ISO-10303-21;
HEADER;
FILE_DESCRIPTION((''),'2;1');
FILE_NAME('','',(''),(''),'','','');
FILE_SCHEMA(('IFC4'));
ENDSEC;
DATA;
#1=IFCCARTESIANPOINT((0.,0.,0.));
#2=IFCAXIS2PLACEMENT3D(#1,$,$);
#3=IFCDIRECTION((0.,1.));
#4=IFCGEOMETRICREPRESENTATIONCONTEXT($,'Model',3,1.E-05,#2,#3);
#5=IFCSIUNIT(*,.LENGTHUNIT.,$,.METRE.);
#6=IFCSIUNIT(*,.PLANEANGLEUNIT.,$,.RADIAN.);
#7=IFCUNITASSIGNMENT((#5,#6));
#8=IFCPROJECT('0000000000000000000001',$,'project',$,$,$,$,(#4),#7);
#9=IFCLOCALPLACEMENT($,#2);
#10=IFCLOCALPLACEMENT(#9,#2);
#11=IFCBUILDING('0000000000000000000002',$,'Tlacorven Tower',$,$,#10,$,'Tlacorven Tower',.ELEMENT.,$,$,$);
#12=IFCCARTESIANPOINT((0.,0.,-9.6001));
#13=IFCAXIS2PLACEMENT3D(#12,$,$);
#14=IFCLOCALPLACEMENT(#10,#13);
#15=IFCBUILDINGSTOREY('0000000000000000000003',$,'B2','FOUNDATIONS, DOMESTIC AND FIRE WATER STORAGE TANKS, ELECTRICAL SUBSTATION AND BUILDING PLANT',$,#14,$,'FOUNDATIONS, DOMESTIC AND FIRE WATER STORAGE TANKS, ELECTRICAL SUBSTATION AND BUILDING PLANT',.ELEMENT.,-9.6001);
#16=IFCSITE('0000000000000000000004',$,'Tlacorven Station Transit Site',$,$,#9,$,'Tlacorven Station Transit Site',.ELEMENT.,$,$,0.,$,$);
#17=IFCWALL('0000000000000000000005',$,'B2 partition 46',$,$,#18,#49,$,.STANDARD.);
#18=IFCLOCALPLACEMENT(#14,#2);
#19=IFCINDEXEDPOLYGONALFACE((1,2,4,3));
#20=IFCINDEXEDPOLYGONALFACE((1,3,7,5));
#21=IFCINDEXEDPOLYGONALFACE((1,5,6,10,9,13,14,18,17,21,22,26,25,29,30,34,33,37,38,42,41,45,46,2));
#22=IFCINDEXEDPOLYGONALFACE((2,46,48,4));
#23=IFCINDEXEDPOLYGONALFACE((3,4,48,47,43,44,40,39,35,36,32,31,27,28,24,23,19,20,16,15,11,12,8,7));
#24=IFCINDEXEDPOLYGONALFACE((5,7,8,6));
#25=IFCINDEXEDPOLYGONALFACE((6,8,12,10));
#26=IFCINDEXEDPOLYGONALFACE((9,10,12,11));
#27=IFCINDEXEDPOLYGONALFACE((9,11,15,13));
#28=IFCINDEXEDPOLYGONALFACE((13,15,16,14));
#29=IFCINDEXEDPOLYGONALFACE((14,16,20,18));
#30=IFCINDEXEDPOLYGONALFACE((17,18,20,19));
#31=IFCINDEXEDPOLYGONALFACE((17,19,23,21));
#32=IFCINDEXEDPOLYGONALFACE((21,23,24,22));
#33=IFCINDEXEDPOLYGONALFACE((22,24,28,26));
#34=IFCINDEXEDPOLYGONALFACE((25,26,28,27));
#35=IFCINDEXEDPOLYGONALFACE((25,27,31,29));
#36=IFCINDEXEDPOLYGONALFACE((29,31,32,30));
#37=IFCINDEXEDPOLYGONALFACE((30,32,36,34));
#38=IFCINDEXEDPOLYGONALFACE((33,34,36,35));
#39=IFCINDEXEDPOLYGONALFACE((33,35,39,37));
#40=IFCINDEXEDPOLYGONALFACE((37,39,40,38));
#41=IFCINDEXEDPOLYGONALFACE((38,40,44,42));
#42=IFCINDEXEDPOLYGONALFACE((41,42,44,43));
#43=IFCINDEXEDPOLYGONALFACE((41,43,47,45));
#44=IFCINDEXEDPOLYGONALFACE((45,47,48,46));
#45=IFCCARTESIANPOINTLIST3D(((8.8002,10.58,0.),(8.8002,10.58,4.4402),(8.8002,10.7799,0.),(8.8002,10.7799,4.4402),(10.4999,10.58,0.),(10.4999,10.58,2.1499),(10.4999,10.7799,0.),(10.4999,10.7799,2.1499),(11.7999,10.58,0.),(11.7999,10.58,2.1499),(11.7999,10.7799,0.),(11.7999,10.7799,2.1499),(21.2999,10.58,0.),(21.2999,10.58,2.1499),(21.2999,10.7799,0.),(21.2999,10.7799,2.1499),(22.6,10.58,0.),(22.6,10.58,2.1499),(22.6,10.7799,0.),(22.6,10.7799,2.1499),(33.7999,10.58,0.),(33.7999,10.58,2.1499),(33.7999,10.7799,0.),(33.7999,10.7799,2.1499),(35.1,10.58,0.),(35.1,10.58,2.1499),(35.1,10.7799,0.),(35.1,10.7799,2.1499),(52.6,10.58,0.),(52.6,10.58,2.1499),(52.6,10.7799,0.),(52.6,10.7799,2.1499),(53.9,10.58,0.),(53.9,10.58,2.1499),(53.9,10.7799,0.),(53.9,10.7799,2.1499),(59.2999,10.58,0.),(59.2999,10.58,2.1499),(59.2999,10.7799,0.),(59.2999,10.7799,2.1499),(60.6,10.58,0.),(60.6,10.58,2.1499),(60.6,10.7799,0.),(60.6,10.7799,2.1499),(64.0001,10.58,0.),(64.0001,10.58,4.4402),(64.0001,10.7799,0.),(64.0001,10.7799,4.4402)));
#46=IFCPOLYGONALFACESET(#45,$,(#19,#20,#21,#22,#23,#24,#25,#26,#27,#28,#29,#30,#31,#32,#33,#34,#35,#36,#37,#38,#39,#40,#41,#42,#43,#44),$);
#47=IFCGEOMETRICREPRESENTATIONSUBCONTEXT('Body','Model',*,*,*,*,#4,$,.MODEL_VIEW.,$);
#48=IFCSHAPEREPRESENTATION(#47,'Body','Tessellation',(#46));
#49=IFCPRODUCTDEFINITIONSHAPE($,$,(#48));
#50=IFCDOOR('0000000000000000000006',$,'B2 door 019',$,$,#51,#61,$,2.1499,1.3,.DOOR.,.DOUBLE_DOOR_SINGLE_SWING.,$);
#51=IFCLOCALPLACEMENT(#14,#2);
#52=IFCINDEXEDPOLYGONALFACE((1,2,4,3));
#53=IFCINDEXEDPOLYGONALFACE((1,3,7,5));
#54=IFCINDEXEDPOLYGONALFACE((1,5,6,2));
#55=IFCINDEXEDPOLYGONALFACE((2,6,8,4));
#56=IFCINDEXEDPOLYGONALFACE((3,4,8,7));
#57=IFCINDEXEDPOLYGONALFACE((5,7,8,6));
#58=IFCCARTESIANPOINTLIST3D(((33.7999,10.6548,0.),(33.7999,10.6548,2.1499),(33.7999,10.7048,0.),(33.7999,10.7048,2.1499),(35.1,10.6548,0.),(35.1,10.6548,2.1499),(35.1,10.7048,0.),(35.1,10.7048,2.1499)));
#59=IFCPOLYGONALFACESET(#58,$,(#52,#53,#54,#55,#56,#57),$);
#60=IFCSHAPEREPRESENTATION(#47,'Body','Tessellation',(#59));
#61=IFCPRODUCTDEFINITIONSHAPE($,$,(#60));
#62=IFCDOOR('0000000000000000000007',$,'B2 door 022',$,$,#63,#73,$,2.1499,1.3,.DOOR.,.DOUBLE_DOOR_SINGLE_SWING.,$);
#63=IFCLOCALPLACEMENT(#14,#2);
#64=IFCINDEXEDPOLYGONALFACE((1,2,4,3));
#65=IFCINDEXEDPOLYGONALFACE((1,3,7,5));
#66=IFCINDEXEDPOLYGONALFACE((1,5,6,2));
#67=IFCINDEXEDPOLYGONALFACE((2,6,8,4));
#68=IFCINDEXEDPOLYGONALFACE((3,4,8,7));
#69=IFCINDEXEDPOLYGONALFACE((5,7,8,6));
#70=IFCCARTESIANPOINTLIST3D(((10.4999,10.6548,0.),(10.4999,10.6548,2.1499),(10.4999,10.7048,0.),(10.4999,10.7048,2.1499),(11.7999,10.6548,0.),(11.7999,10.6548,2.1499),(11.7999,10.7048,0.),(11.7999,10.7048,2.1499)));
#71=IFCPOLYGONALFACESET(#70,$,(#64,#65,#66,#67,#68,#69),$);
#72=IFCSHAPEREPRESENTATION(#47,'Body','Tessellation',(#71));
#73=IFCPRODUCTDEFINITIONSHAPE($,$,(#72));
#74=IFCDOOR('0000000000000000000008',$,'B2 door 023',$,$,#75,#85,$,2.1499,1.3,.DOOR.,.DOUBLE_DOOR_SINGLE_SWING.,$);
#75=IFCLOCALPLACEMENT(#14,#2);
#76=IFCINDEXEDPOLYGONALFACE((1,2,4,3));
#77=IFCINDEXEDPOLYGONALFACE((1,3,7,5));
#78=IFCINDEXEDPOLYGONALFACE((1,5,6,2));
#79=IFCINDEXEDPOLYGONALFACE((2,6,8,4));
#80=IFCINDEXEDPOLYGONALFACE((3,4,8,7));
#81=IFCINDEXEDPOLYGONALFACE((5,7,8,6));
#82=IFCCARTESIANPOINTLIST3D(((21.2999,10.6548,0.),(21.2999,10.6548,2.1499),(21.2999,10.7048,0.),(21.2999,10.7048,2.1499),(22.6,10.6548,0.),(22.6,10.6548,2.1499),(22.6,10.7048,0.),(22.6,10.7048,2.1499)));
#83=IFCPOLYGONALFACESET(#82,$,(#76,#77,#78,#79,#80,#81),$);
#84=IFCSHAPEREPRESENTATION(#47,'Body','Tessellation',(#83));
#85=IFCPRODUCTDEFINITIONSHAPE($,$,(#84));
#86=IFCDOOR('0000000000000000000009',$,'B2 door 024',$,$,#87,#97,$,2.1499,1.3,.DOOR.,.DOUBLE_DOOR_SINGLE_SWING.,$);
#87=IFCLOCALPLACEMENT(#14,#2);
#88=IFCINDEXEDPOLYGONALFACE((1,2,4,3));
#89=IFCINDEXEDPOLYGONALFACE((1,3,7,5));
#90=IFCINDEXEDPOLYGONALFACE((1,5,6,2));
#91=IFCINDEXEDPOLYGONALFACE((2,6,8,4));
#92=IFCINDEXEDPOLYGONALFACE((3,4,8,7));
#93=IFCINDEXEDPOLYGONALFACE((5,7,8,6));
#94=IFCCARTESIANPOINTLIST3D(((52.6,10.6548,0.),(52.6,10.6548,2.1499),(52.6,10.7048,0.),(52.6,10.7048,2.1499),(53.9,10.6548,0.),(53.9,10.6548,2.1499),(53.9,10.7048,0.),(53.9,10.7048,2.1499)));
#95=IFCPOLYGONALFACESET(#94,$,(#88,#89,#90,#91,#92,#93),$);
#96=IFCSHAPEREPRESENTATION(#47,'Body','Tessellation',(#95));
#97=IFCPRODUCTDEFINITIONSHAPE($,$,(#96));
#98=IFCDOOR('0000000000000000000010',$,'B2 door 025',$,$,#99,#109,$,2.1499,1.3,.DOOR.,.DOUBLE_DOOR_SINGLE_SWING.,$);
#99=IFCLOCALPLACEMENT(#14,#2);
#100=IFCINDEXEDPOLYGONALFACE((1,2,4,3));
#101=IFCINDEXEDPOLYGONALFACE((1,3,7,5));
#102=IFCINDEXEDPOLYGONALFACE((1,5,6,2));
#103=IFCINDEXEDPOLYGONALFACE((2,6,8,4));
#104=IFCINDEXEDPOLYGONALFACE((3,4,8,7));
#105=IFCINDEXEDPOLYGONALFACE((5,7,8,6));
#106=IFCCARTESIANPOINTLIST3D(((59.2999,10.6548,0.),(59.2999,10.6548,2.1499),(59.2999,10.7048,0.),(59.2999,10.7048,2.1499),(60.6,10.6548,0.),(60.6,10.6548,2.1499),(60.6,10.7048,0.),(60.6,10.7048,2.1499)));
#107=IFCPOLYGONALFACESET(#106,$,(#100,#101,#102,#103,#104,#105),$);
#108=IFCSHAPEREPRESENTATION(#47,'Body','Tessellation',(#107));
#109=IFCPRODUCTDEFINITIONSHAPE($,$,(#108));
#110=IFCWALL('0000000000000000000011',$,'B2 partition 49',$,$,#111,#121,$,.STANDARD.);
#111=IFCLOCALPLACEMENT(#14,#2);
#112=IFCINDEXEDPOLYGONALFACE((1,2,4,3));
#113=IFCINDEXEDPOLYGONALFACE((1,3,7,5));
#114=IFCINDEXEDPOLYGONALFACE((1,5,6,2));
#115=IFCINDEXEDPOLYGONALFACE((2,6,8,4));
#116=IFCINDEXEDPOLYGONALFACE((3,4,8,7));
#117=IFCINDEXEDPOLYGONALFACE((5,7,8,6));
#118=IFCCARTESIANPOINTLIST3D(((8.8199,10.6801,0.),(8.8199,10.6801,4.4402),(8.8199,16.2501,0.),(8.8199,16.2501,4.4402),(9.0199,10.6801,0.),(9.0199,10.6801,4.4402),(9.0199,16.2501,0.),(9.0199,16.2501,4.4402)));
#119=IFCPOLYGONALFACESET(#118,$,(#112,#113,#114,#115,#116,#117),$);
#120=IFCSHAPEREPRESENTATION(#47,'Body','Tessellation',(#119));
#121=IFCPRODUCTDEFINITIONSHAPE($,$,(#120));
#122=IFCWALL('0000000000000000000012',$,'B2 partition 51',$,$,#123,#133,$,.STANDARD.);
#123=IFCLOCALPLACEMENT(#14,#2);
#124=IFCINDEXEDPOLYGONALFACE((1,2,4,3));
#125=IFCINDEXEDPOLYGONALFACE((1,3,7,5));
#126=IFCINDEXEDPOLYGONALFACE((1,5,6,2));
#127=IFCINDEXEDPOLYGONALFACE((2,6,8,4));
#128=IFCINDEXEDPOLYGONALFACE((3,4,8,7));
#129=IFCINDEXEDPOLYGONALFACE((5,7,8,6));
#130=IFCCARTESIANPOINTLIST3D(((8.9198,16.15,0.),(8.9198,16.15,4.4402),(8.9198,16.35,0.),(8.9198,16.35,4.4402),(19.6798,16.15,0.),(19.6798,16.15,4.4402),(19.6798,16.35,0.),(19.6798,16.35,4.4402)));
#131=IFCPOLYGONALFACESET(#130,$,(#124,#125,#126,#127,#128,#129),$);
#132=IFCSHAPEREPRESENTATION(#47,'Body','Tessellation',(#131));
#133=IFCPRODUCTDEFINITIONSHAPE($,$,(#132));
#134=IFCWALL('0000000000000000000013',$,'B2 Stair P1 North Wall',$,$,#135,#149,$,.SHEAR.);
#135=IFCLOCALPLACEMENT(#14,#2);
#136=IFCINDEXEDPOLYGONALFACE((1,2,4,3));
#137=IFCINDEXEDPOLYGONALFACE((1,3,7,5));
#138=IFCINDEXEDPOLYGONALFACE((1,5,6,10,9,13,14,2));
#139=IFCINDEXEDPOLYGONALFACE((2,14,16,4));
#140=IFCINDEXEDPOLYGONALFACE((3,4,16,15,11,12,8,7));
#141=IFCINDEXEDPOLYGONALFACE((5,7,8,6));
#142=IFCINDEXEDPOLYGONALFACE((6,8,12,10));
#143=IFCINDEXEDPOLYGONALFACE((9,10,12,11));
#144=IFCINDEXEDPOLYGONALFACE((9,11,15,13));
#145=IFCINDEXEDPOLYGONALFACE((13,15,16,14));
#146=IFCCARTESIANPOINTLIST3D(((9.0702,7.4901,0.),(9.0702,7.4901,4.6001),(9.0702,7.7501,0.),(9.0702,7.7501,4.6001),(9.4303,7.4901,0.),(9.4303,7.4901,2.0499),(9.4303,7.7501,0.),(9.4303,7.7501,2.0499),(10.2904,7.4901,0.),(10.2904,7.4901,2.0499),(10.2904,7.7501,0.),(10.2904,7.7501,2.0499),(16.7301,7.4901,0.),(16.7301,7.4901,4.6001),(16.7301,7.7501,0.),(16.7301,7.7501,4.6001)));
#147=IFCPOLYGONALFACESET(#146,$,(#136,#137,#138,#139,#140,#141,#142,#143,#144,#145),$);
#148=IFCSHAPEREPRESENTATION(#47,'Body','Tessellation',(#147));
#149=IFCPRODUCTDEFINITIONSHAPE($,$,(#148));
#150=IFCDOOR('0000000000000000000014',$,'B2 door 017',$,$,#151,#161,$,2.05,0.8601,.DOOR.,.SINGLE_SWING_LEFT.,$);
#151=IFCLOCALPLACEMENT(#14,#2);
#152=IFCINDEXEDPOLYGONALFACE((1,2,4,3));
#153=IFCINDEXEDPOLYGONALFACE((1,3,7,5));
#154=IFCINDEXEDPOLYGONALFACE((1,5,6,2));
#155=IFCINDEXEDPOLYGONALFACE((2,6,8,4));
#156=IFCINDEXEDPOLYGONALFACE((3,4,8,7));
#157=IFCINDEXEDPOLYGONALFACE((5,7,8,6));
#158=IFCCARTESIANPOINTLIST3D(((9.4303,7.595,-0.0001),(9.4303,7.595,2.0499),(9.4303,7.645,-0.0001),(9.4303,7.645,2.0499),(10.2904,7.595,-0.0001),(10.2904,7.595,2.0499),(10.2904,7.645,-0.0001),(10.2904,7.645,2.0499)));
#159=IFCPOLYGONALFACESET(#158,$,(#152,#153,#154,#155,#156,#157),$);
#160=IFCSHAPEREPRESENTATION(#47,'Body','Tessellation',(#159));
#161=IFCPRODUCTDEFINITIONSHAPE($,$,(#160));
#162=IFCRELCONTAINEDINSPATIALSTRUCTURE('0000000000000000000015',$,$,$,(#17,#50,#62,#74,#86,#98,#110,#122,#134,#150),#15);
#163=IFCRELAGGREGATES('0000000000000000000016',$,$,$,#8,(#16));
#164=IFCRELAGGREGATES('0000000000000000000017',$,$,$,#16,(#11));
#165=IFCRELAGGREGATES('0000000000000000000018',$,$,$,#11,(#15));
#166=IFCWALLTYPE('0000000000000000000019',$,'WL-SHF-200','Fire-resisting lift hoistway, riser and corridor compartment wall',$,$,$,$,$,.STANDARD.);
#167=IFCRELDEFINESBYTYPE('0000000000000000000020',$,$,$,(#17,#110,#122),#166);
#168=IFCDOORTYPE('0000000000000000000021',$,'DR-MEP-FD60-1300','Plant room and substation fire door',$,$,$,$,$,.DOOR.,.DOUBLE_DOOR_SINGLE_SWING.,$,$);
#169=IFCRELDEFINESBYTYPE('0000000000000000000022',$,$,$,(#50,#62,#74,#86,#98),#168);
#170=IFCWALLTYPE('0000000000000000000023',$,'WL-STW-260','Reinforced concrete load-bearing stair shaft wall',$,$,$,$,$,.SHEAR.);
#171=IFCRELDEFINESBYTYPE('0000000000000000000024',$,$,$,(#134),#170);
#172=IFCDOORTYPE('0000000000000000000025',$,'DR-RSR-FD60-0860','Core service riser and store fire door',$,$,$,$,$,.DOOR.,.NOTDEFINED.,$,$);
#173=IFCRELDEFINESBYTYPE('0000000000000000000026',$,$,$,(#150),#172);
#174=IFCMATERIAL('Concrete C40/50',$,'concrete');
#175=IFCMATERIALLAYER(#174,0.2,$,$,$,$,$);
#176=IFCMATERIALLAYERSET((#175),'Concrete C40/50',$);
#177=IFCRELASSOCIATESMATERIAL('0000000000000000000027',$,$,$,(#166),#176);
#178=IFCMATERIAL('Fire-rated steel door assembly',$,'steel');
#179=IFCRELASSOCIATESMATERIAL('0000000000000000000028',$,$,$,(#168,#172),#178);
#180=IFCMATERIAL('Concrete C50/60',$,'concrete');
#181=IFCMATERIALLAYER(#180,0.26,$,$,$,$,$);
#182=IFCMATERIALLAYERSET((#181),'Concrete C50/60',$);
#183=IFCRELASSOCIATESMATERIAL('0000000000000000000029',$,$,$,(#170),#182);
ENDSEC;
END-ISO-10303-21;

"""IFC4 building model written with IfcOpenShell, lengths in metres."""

from ifc_helpers import new_model, si_unit, direction, frame, frame_2d, origin, place, context, subcontext, project, spatial, rectangle, extrude, source, transform, mapped, material, layer, layer_set, type_object, element, fill, save


model = new_model("IFC4")

# Units and contexts
model_context = context("Model", 3, precision=1e-05, world=origin(), true_north=direction((0.0, 1.0)))
body_context = subcontext(model_context, "Body", "Model", "MODEL_VIEW")
ifc_project = project(units=[si_unit("LENGTHUNIT", "METRE"), si_unit("PLANEANGLEUNIT", "RADIAN")], contexts=[model_context])

# Site, building, storey
site_placement = place(None, origin())
site = spatial("IfcSite", under=ifc_project, at=site_placement, Name="Tlacorven Station Transit Site", LongName="Tlacorven Station Transit Site", CompositionType="ELEMENT", RefElevation=0.0)
building_placement = place(site_placement, origin())
building = spatial("IfcBuilding", under=site, at=building_placement, Name="Tlacorven Tower", LongName="Tlacorven Tower", CompositionType="ELEMENT")
storey_placement = place(building_placement, frame((0.0, 0.0, -9.6001)))
storey = spatial("IfcBuildingStorey", under=building, at=storey_placement, Name="B2", Description="FOUNDATIONS, DOMESTIC AND FIRE WATER STORAGE TANKS, ELECTRICAL SUBSTATION AND BUILDING PLANT", LongName="FOUNDATIONS, DOMESTIC AND FIRE WATER STORAGE TANKS, ELECTRICAL SUBSTATION AND BUILDING PLANT", CompositionType="ELEMENT", Elevation=-9.6001)

# Shared definitions
ifc_material_1 = material(Name="Concrete C50/60", Category="concrete")

# Wall, openings, doors
ifc_material_2 = material(Name="Concrete C40/50", Category="concrete")
ifc_layer_1 = layer(ifc_material_2, 0.2)
ifc_layer_set_1 = layer_set([ifc_layer_1], Name="Concrete C40/50")
wall_type_1 = type_object("IfcWallType", Name="WL-SHF-200", Description="Fire-resisting lift hoistway, riser and corridor compartment wall", PredefinedType="STANDARD", material=ifc_layer_set_1)
wall_1_placement = place(storey_placement, frame((8.8, 10.6799, 0.0), z_axis=(0.0, 0.0, 1.0), x_axis=(1.0, 0.0, 0.0)))
wall_1 = element("IfcWall", 1, at=wall_1_placement, inside=storey, type_object=wall_type_1, Name="B2 partition 46", PredefinedType="STANDARD", context=body_context, shape_type="SweptSolid", body=[
    extrude(rectangle(XDim=55.2, YDim=0.2, at=frame_2d((27.6001, 0.0))), origin(), (0.0, 0.0, 1.0), 4.4402),
])
opening_1_placement = place(wall_1_placement, frame((25.0, 0.0, 0.0)))
opening_1 = element("IfcOpeningElement", 2, at=opening_1_placement, cuts=wall_1, PredefinedType="OPENING", context=body_context, shape_type="SweptSolid", body=[
    extrude(rectangle(XDim=1.3, YDim=2.1499, at=frame_2d((0.6499, 1.075))), frame((0.0, 0.1099, 0.0), z_axis=(0.0, -1.0, 0.0), x_axis=(1.0, 0.0, 0.0)), (0.0, 0.0, 1.0), 0.22),
])
opening_2_placement = place(wall_1_placement, frame((1.7, 0.0, 0.0)))
opening_2 = element("IfcOpeningElement", 3, at=opening_2_placement, cuts=wall_1, PredefinedType="OPENING", context=body_context, shape_type="SweptSolid", body=[
    extrude(rectangle(XDim=1.3, YDim=2.1499, at=frame_2d((0.6499, 1.075))), frame((0.0, 0.1099, 0.0), z_axis=(0.0, -1.0, 0.0), x_axis=(1.0, 0.0, 0.0)), (0.0, 0.0, 1.0), 0.22),
])
opening_3_placement = place(wall_1_placement, frame((12.5, 0.0, 0.0)))
opening_3 = element("IfcOpeningElement", 4, at=opening_3_placement, cuts=wall_1, PredefinedType="OPENING", context=body_context, shape_type="SweptSolid", body=[
    extrude(rectangle(XDim=1.3, YDim=2.1499, at=frame_2d((0.6499, 1.075))), frame((0.0, 0.1099, 0.0), z_axis=(0.0, -1.0, 0.0), x_axis=(1.0, 0.0, 0.0)), (0.0, 0.0, 1.0), 0.22),
])
opening_4_placement = place(wall_1_placement, frame((43.8, 0.0, 0.0)))
opening_4 = element("IfcOpeningElement", 5, at=opening_4_placement, cuts=wall_1, PredefinedType="OPENING", context=body_context, shape_type="SweptSolid", body=[
    extrude(rectangle(XDim=1.3, YDim=2.1499, at=frame_2d((0.6499, 1.075))), frame((0.0, 0.1099, 0.0), z_axis=(0.0, -1.0, 0.0), x_axis=(1.0, 0.0, 0.0)), (0.0, 0.0, 1.0), 0.22),
])
opening_5_placement = place(wall_1_placement, frame((50.5, 0.0, 0.0)))
opening_5 = element("IfcOpeningElement", 6, at=opening_5_placement, cuts=wall_1, PredefinedType="OPENING", context=body_context, shape_type="SweptSolid", body=[
    extrude(rectangle(XDim=1.3, YDim=2.1499, at=frame_2d((0.6499, 1.075))), frame((0.0, 0.1099, 0.0), z_axis=(0.0, -1.0, 0.0), x_axis=(1.0, 0.0, 0.0)), (0.0, 0.0, 1.0), 0.22),
])
ifc_material_3 = material(Name="Fire-rated steel door assembly", Category="steel")
door_type_1 = type_object("IfcDoorType", Name="DR-MEP-FD60-1300", Description="Plant room and substation fire door", OperationType="DOUBLE_DOOR_SINGLE_SWING", PredefinedType="DOOR", material=ifc_material_3)
shared_shape_1 = source(origin(), body_context, "Body", "SweptSolid", [
    extrude(rectangle(XDim=1.3, YDim=2.1499, at=frame_2d((0.6499, 1.075))), frame((0.0, 0.0249, 0.0), z_axis=(0.0, -1.0, 0.0), x_axis=(1.0, 0.0, 0.0)), (0.0, 0.0, 1.0), 0.05),
])
door_1_placement = place(opening_1_placement, origin())
door_1 = element("IfcDoor", 7, at=door_1_placement, inside=storey, type_object=door_type_1, Name="B2 door 019", OperationType="DOUBLE_DOOR_SINGLE_SWING", OverallHeight=2.1499, OverallWidth=1.3, PredefinedType="DOOR", context=body_context, shape_type="MappedRepresentation", body=[
    mapped(shared_shape_1, transform((0.0, 0.0, 0.0), scale=1.0)),
])
fill(opening_1, door_1)
door_2_placement = place(opening_2_placement, origin())
door_2 = element("IfcDoor", 8, at=door_2_placement, inside=storey, type_object=door_type_1, Name="B2 door 022", OperationType="DOUBLE_DOOR_SINGLE_SWING", OverallHeight=2.1499, OverallWidth=1.3, PredefinedType="DOOR", context=body_context, shape_type="MappedRepresentation", body=[
    mapped(shared_shape_1, transform((0.0, 0.0, 0.0), scale=1.0)),
])
fill(opening_2, door_2)
door_3_placement = place(opening_3_placement, origin())
door_3 = element("IfcDoor", 9, at=door_3_placement, inside=storey, type_object=door_type_1, Name="B2 door 023", OperationType="DOUBLE_DOOR_SINGLE_SWING", OverallHeight=2.1499, OverallWidth=1.3, PredefinedType="DOOR", context=body_context, shape_type="MappedRepresentation", body=[
    mapped(shared_shape_1, transform((0.0, 0.0, 0.0), scale=1.0)),
])
fill(opening_3, door_3)
door_4_placement = place(opening_4_placement, origin())
door_4 = element("IfcDoor", 10, at=door_4_placement, inside=storey, type_object=door_type_1, Name="B2 door 024", OperationType="DOUBLE_DOOR_SINGLE_SWING", OverallHeight=2.1499, OverallWidth=1.3, PredefinedType="DOOR", context=body_context, shape_type="MappedRepresentation", body=[
    mapped(shared_shape_1, transform((0.0, 0.0, 0.0), scale=1.0)),
])
fill(opening_4, door_4)
door_5_placement = place(opening_5_placement, origin())
door_5 = element("IfcDoor", 11, at=door_5_placement, inside=storey, type_object=door_type_1, Name="B2 door 025", OperationType="DOUBLE_DOOR_SINGLE_SWING", OverallHeight=2.1499, OverallWidth=1.3, PredefinedType="DOOR", context=body_context, shape_type="MappedRepresentation", body=[
    mapped(shared_shape_1, transform((0.0, 0.0, 0.0), scale=1.0)),
])
fill(opening_5, door_5)

# Walls
wall_2_placement = place(storey_placement, frame((8.9199, 10.6799, 0.0), z_axis=(0.0, 0.0, 1.0), x_axis=(0.0, 1.0, 0.0)))
element("IfcWall", 12, at=wall_2_placement, inside=storey, type_object=wall_type_1, Name="B2 partition 49", PredefinedType="STANDARD", context=body_context, shape_type="SweptSolid", body=[
    extrude(rectangle(XDim=5.5701, YDim=0.2, at=frame_2d((2.7852, 0.0))), origin(), (0.0, 0.0, 1.0), 4.4402),
])
wall_3_placement = place(storey_placement, frame((8.9199, 16.25, 0.0), z_axis=(0.0, 0.0, 1.0), x_axis=(1.0, 0.0, 0.0)))
element("IfcWall", 13, at=wall_3_placement, inside=storey, type_object=wall_type_1, Name="B2 partition 51", PredefinedType="STANDARD", context=body_context, shape_type="SweptSolid", body=[
    extrude(rectangle(XDim=10.76, YDim=0.2, at=frame_2d((5.3799, 0.0))), origin(), (0.0, 0.0, 1.0), 4.4402),
])

# Wall, opening, door
ifc_layer_2 = layer(ifc_material_1, 0.26)
ifc_layer_set_2 = layer_set([ifc_layer_2], Name="Concrete C50/60")
wall_type_2 = type_object("IfcWallType", Name="WL-STW-260", Description="Reinforced concrete load-bearing stair shaft wall", PredefinedType="SHEAR", material=ifc_layer_set_2)
wall_4_placement = place(storey_placement, frame((9.0701, 7.6201, 0.0), z_axis=(0.0, 0.0, 1.0), x_axis=(1.0, 0.0, 0.0)))
wall_4 = element("IfcWall", 14, at=wall_4_placement, inside=storey, type_object=wall_type_2, Name="B2 Stair P1 North Wall", PredefinedType="SHEAR", context=body_context, shape_type="SweptSolid", body=[
    extrude(rectangle(XDim=7.6599, YDim=0.26, at=frame_2d((3.8301, 0.0))), origin(), (0.0, 0.0, 1.0), 4.6001),
])
opening_6_placement = place(wall_4_placement, frame((0.3601, 0.0, 0.0)))
opening_6 = element("IfcOpeningElement", 15, at=opening_6_placement, cuts=wall_4, PredefinedType="OPENING", context=body_context, shape_type="SweptSolid", body=[
    extrude(rectangle(XDim=0.8601, YDim=2.05, at=frame_2d((0.4302, 1.0249))), frame((0.0, 0.1401, 0.0), z_axis=(0.0, -1.0, 0.0), x_axis=(1.0, 0.0, 0.0)), (0.0, 0.0, 1.0), 0.28),
])
door_type_2 = type_object("IfcDoorType", Name="DR-RSR-FD60-0860", Description="Core service riser and store fire door", OperationType="NOTDEFINED", PredefinedType="DOOR", material=ifc_material_3)
shared_shape_2 = source(origin(), body_context, "Body", "SweptSolid", [
    extrude(rectangle(XDim=0.8601, YDim=2.05, at=frame_2d((0.4302, 1.0249))), frame((0.0, 0.0249, 0.0), z_axis=(0.0, -1.0, 0.0), x_axis=(1.0, 0.0, 0.0)), (0.0, 0.0, 1.0), 0.05),
])
door_6_placement = place(opening_6_placement, origin())
door_6 = element("IfcDoor", 16, at=door_6_placement, inside=storey, type_object=door_type_2, Name="B2 door 017", OperationType="SINGLE_SWING_LEFT", OverallHeight=2.05, OverallWidth=0.8601, PredefinedType="DOOR", context=body_context, shape_type="MappedRepresentation", body=[
    mapped(shared_shape_2, transform((0.0, 0.0, 0.0), scale=1.0)),
])
fill(opening_6, door_6)

save(model, "model.ifc")
